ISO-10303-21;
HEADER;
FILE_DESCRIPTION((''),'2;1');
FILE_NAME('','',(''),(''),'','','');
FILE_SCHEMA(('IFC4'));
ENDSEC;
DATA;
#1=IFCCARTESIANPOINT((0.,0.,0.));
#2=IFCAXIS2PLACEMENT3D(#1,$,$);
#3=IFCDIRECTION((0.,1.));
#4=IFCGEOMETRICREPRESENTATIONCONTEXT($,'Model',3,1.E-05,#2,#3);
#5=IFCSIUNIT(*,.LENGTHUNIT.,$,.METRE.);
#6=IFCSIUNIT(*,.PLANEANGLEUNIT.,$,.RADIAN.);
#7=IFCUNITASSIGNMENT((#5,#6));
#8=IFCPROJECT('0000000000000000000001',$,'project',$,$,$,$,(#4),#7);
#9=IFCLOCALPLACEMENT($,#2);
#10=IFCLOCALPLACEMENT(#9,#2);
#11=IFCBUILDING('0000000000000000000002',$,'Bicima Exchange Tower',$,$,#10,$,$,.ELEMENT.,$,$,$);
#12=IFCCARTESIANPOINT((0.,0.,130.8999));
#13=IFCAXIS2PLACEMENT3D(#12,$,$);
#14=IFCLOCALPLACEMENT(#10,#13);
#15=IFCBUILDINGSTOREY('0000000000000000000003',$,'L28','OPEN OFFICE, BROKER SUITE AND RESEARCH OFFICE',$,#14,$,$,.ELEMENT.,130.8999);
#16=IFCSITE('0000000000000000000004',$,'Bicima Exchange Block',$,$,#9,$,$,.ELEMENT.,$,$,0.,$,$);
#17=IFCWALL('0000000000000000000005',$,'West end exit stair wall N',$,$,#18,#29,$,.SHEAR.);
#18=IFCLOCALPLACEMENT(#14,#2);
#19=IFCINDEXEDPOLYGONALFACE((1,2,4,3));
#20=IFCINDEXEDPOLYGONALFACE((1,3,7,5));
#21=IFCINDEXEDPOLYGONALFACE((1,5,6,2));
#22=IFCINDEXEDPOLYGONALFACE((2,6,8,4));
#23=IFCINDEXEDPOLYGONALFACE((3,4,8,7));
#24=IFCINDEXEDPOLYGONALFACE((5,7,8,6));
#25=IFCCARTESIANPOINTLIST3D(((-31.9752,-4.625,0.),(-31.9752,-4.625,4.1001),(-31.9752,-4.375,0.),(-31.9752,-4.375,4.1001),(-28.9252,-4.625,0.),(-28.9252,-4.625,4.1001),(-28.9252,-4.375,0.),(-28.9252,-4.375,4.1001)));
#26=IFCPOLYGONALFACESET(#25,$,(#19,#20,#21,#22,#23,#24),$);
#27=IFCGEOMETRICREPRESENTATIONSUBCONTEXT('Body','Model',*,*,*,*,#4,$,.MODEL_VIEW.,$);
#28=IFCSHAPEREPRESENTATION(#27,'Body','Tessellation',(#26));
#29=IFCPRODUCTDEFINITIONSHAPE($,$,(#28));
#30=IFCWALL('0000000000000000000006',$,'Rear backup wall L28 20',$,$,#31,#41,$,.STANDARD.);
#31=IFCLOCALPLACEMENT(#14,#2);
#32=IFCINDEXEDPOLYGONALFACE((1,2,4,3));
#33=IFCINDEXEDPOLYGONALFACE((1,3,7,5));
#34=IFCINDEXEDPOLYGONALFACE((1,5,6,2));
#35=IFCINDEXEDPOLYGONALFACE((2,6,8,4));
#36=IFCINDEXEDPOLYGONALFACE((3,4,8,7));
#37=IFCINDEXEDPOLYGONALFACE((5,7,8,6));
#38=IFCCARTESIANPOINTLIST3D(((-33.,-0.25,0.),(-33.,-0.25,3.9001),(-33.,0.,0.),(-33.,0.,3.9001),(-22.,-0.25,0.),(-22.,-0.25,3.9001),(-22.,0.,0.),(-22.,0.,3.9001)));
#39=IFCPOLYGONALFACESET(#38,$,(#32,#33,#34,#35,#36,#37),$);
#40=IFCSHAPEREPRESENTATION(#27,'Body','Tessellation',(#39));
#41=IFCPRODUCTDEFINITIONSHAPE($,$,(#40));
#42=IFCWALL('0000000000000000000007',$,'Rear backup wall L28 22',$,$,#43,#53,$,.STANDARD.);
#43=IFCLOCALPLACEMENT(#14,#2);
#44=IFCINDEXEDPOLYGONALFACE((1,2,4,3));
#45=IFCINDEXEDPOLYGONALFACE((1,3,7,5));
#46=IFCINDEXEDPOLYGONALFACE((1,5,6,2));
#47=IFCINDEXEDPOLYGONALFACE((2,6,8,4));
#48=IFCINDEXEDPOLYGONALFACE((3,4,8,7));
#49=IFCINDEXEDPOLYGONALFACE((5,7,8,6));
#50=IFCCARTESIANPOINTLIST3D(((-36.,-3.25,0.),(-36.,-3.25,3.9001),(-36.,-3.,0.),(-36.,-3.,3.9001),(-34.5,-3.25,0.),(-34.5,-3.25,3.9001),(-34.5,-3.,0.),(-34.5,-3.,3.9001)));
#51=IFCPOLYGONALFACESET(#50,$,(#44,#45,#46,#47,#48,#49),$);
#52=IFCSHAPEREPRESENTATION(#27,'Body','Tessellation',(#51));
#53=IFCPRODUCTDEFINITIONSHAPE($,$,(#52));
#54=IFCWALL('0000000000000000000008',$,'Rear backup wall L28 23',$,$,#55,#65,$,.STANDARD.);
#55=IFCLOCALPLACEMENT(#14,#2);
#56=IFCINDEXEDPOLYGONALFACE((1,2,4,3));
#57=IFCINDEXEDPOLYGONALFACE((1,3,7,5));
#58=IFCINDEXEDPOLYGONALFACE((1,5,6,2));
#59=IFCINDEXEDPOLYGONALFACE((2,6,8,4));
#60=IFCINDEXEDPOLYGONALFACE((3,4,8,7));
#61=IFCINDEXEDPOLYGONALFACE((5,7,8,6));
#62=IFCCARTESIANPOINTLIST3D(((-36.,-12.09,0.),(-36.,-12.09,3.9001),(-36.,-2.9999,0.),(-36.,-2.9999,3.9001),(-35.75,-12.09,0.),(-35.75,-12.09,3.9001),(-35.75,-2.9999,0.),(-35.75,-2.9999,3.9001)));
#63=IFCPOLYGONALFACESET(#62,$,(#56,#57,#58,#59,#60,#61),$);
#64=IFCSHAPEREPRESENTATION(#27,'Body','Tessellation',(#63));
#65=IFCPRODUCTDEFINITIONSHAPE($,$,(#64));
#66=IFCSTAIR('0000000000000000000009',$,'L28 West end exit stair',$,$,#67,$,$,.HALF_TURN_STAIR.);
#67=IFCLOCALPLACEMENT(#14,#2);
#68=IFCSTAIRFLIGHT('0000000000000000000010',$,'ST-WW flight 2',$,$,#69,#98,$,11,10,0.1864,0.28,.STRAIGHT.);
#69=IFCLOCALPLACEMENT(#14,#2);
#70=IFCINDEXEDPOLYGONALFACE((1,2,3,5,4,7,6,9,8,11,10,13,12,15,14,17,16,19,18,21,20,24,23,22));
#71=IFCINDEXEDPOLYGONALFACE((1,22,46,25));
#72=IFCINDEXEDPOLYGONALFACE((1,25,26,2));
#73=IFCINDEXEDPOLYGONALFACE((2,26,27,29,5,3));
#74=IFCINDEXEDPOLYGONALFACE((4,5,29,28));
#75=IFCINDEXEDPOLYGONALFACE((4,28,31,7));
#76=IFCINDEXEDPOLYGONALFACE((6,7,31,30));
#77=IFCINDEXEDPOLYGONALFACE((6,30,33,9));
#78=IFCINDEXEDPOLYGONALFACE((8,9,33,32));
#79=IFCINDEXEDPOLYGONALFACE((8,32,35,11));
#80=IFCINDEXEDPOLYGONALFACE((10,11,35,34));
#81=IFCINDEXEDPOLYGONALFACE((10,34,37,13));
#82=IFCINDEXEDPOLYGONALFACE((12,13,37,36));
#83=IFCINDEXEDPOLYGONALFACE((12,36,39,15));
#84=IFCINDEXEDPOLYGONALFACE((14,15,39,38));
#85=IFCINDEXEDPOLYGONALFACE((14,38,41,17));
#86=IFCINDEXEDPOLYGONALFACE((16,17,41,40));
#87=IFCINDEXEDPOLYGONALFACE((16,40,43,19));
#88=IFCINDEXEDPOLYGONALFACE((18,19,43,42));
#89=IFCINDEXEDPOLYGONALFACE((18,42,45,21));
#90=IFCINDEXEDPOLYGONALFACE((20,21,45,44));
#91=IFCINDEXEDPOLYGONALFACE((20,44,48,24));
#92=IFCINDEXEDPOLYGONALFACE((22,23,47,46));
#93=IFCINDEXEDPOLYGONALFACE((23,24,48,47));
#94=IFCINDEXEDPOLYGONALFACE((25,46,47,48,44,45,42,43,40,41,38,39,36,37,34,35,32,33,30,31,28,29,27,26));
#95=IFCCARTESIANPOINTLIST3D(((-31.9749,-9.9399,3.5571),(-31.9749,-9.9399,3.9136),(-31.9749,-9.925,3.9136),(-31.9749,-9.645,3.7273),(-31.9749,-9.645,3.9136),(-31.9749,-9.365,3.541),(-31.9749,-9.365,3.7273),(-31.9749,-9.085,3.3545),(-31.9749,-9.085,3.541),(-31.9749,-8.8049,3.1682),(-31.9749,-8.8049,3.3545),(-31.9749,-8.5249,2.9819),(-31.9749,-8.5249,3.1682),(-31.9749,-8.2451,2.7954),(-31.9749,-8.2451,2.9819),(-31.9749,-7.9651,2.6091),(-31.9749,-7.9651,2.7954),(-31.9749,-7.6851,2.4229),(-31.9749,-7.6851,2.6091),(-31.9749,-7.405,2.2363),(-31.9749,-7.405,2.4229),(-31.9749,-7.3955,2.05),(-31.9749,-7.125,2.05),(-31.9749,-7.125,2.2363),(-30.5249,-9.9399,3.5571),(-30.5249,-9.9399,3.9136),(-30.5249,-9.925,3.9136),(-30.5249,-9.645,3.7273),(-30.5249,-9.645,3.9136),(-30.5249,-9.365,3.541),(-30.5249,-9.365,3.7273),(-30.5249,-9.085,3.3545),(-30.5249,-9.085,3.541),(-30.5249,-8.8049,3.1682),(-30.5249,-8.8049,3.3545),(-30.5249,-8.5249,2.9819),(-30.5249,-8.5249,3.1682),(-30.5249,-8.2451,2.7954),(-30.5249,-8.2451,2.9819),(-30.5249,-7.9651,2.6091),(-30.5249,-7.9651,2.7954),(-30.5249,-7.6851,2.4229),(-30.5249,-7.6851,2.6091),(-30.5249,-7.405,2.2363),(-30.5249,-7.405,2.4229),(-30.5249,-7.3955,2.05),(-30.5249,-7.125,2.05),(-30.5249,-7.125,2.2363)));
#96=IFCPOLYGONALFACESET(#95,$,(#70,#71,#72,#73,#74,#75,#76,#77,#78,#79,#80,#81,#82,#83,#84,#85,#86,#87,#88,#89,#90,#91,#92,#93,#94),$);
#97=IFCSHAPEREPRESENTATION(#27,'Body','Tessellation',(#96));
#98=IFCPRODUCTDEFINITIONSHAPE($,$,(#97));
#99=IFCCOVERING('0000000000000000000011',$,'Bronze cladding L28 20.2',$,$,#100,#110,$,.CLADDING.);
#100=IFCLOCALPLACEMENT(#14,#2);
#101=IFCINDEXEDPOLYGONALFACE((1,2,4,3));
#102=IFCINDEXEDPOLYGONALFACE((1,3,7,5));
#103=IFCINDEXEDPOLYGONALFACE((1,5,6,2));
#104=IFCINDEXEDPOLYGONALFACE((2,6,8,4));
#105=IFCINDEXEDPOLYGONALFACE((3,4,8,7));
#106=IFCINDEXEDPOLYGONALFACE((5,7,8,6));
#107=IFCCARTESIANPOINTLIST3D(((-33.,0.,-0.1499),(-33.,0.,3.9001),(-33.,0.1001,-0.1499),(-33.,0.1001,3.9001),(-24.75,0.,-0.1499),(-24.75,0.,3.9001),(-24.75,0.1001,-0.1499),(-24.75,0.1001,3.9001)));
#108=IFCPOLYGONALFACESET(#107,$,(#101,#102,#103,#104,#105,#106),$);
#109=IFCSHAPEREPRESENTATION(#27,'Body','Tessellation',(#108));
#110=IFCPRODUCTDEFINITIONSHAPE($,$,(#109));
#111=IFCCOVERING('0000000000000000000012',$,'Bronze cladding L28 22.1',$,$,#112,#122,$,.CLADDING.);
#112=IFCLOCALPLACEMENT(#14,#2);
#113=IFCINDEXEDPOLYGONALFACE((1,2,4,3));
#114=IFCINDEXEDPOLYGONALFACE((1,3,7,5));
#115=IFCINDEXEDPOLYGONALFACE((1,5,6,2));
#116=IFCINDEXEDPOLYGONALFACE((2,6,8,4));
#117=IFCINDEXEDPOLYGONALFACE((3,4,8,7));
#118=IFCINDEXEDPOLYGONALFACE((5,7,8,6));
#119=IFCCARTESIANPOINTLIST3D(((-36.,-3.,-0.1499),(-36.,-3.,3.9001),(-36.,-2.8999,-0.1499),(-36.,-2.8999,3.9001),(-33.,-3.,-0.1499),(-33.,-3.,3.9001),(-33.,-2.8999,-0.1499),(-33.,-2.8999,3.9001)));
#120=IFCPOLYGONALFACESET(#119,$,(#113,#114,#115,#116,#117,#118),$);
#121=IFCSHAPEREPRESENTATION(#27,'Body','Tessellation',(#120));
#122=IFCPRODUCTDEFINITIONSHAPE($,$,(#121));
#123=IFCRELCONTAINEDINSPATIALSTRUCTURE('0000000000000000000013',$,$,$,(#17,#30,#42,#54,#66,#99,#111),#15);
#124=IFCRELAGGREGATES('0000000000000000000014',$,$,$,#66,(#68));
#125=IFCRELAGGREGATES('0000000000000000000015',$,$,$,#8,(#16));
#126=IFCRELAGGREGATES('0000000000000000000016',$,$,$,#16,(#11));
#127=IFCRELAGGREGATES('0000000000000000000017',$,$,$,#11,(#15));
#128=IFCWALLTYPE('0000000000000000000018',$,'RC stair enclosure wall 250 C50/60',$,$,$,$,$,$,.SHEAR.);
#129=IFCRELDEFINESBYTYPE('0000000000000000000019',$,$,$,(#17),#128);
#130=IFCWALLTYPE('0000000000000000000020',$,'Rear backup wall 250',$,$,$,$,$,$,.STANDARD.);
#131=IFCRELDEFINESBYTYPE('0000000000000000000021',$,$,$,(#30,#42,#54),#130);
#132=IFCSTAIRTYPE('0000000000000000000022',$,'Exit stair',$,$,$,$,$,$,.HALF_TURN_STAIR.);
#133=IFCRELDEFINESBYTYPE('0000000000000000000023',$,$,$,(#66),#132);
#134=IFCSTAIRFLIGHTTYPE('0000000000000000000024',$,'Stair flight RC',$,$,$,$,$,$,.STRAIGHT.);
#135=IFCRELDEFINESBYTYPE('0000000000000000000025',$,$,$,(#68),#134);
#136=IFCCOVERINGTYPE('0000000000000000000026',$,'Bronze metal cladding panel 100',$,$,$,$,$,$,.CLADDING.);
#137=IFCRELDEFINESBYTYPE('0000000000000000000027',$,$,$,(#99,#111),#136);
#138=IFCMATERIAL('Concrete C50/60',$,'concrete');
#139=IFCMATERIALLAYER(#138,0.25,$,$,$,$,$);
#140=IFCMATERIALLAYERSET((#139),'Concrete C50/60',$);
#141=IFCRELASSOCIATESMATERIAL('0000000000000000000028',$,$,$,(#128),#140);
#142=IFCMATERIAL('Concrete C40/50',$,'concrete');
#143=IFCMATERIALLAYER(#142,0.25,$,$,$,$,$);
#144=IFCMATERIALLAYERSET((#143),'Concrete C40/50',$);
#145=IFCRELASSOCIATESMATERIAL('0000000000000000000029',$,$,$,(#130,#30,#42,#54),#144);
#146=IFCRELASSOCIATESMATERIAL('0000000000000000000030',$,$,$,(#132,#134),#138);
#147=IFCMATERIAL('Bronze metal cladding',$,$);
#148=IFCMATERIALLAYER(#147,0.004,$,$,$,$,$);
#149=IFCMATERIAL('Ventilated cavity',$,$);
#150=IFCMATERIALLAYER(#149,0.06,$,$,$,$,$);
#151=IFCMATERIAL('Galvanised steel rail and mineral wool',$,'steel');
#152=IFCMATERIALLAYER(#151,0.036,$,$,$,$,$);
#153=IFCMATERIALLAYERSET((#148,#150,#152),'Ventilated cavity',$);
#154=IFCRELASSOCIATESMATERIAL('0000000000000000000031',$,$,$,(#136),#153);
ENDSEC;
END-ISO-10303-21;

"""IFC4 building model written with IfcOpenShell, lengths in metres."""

from ifc_helpers import new_model, si_unit, direction, frame, frame_2d, origin, origin_2d, place, context, subcontext, project, spatial, polyline, rectangle, outline, extrude, material, layer, layer_set, layer_usage, type_object, element, aggregate, save


model = new_model("IFC4")

# Units and contexts
model_context = context("Model", 3, precision=1e-05, world=origin(), true_north=direction((0.0, 1.0)))
body_context = subcontext(model_context, "Body", "Model", "MODEL_VIEW")
ifc_project = project(units=[si_unit("LENGTHUNIT", "METRE"), si_unit("PLANEANGLEUNIT", "RADIAN")], contexts=[model_context])

# Site, building, storey
site_placement = place(None, origin())
site = spatial("IfcSite", under=ifc_project, at=site_placement, Name="Bicima Exchange Block", CompositionType="ELEMENT", RefElevation=0.0)
building_placement = place(site_placement, origin())
building = spatial("IfcBuilding", under=site, at=building_placement, Name="Bicima Exchange Tower", CompositionType="ELEMENT")
storey_placement = place(building_placement, frame((0.0, 0.0, 130.8999)))
storey = spatial("IfcBuildingStorey", under=building, at=storey_placement, Name="L28", Description="OPEN OFFICE, BROKER SUITE AND RESEARCH OFFICE", CompositionType="ELEMENT", Elevation=130.8999)

# Walls
ifc_material_1 = material(Name="Concrete C50/60", Category="concrete")
ifc_layer_1 = layer(ifc_material_1, 0.25)
ifc_layer_set_1 = layer_set([ifc_layer_1], Name="Concrete C50/60")
wall_type_1 = type_object("IfcWallType", Name="RC stair enclosure wall 250 C50/60", PredefinedType="SHEAR", material=ifc_layer_set_1)
wall_1_placement = place(storey_placement, frame((-31.9751, -4.5, 0.0), z_axis=(0.0, 0.0, 1.0), x_axis=(1.0, 0.0, 0.0)))
element("IfcWall", 1, at=wall_1_placement, inside=storey, type_object=wall_type_1, Name="West end exit stair wall N", PredefinedType="SHEAR", context=body_context, shape_type="SweptSolid", body=[
    extrude(rectangle(XDim=3.05, YDim=0.25, at=frame_2d((1.5249, 0.0))), origin(), (0.0, 0.0, 1.0), 4.1001),
])
ifc_material_2 = material(Name="Concrete C40/50", Category="concrete")
ifc_layer_2 = layer(ifc_material_2, 0.25)
ifc_layer_set_2 = layer_set([ifc_layer_2], Name="Concrete C40/50")
ifc_layer_usage = layer_usage(ifc_layer_set_2, "AXIS2", "POSITIVE", -0.125)
wall_type_2 = type_object("IfcWallType", Name="Rear backup wall 250", PredefinedType="STANDARD", material=ifc_layer_set_2)
wall_2_placement = place(storey_placement, frame((-22.0, -0.125, 0.0), z_axis=(0.0, 0.0, 1.0), x_axis=(-1.0, 0.0, 0.0)))
element("IfcWall", 2, at=wall_2_placement, inside=storey, type_object=wall_type_2, material=ifc_layer_usage, Name="Rear backup wall L28 20", PredefinedType="STANDARD", context=body_context, shape_type="SweptSolid", body=[
    extrude(rectangle(XDim=11.0, YDim=0.25, at=frame_2d((5.5, 0.0))), origin(), (0.0, 0.0, 1.0), 3.9001),
])
wall_3_placement = place(storey_placement, frame((-34.5, -3.125, 0.0), z_axis=(0.0, 0.0, 1.0), x_axis=(-1.0, 0.0, 0.0)))
element("IfcWall", 3, at=wall_3_placement, inside=storey, type_object=wall_type_2, material=ifc_layer_usage, Name="Rear backup wall L28 22", PredefinedType="STANDARD", context=body_context, shape_type="SweptSolid", body=[
    extrude(rectangle(XDim=1.5, YDim=0.25, at=frame_2d((0.75, 0.0))), origin(), (0.0, 0.0, 1.0), 3.9001),
])
wall_4_placement = place(storey_placement, frame((-35.875, -3.0, 0.0), z_axis=(0.0, 0.0, 1.0), x_axis=(0.0, -1.0, 0.0)))
element("IfcWall", 4, at=wall_4_placement, inside=storey, type_object=wall_type_2, material=ifc_layer_usage, Name="Rear backup wall L28 23", PredefinedType="STANDARD", context=body_context, shape_type="SweptSolid", body=[
    extrude(rectangle(XDim=9.0901, YDim=0.25, at=frame_2d((4.5449, 0.0))), origin(), (0.0, 0.0, 1.0), 3.9001),
])

# Stair, stair flight
stair_type = type_object("IfcStairType", Name="Exit stair", PredefinedType="HALF_TURN_STAIR", material=ifc_material_1)
stair_placement = place(storey_placement, origin())
stair = element("IfcStair", 5, at=stair_placement, inside=storey, type_object=stair_type, Name="L28 West end exit stair", PredefinedType="HALF_TURN_STAIR")
stair_flight_type = type_object("IfcStairFlightType", Name="Stair flight RC", PredefinedType="STRAIGHT", material=ifc_material_1)
stair_flight_placement = place(storey_placement, frame((-31.25, -7.125, 2.05), z_axis=(0.0, 0.0, 1.0), x_axis=(0.0, -1.0, 0.0)))
stair_flight = element("IfcStairFlight", 6, at=stair_flight_placement, type_object=stair_flight_type, Name="ST-WW flight 2", NumberOfRisers=11, NumberOfTreads=10, PredefinedType="STRAIGHT", RiserHeight=0.1864, TreadLength=0.28, context=body_context, shape_type="SweptSolid", body=[
    extrude(outline(polyline([(0.0, 0.0), (0.0, 0.1863), (0.28, 0.1863), (0.28, 0.3728), (0.5601, 0.3728), (0.5601, 0.5591), (0.8401, 0.5591), (0.8401, 0.7454), (1.1201, 0.7454), (1.1201, 0.9319), (1.3999, 0.9319), (1.3999, 1.1182), (1.6799, 1.1182), (1.6799, 1.3044), (1.96, 1.3044), (1.96, 1.491), (2.24, 1.491), (2.24, 1.6772), (2.52, 1.6772), (2.52, 1.8635), (2.8, 1.8635), (2.8149, 1.8635), (2.8149, 1.5071), (0.2705, 0.0), (0.0, 0.0)])), frame((0.0, 0.7251, 0.0), z_axis=(0.0, -1.0, 0.0), x_axis=(1.0, 0.0, 0.0)), (0.0, 0.0, 1.0), 1.45),
])
aggregate(stair, [stair_flight])

# Coverings
ifc_material_3 = material(Name="Bronze metal cladding")
ifc_layer_3 = layer(ifc_material_3, 0.004)
ifc_material_4 = material(Name="Ventilated cavity")
ifc_layer_4 = layer(ifc_material_4, 0.06)
ifc_material_5 = material(Name="Galvanised steel rail and mineral wool", Category="steel")
ifc_layer_5 = layer(ifc_material_5, 0.036)
ifc_layer_set_3 = layer_set([ifc_layer_3, ifc_layer_4, ifc_layer_5], Name="Ventilated cavity")
covering_type = type_object("IfcCoveringType", Name="Bronze metal cladding panel 100", PredefinedType="CLADDING", material=ifc_layer_set_3)
covering_1_placement = place(storey_placement, frame((-28.875, 0.05, -0.1499), z_axis=(0.0, 0.0, 1.0), x_axis=(-1.0, 0.0, 0.0)))
element("IfcCovering", 7, at=covering_1_placement, inside=storey, type_object=covering_type, Name="Bronze cladding L28 20.2", PredefinedType="CLADDING", context=body_context, shape_type="SweptSolid", body=[
    extrude(rectangle(XDim=8.25, YDim=0.1001, at=origin_2d()), origin(), (0.0, 0.0, 1.0), 4.05),
])
covering_2_placement = place(storey_placement, frame((-34.5, -2.95, -0.1499), z_axis=(0.0, 0.0, 1.0), x_axis=(-1.0, 0.0, 0.0)))
element("IfcCovering", 8, at=covering_2_placement, inside=storey, type_object=covering_type, Name="Bronze cladding L28 22.1", PredefinedType="CLADDING", context=body_context, shape_type="SweptSolid", body=[
    extrude(rectangle(XDim=3.0, YDim=0.1001, at=origin_2d()), origin(), (0.0, 0.0, 1.0), 4.05),
])

save(model, "model.ifc")
